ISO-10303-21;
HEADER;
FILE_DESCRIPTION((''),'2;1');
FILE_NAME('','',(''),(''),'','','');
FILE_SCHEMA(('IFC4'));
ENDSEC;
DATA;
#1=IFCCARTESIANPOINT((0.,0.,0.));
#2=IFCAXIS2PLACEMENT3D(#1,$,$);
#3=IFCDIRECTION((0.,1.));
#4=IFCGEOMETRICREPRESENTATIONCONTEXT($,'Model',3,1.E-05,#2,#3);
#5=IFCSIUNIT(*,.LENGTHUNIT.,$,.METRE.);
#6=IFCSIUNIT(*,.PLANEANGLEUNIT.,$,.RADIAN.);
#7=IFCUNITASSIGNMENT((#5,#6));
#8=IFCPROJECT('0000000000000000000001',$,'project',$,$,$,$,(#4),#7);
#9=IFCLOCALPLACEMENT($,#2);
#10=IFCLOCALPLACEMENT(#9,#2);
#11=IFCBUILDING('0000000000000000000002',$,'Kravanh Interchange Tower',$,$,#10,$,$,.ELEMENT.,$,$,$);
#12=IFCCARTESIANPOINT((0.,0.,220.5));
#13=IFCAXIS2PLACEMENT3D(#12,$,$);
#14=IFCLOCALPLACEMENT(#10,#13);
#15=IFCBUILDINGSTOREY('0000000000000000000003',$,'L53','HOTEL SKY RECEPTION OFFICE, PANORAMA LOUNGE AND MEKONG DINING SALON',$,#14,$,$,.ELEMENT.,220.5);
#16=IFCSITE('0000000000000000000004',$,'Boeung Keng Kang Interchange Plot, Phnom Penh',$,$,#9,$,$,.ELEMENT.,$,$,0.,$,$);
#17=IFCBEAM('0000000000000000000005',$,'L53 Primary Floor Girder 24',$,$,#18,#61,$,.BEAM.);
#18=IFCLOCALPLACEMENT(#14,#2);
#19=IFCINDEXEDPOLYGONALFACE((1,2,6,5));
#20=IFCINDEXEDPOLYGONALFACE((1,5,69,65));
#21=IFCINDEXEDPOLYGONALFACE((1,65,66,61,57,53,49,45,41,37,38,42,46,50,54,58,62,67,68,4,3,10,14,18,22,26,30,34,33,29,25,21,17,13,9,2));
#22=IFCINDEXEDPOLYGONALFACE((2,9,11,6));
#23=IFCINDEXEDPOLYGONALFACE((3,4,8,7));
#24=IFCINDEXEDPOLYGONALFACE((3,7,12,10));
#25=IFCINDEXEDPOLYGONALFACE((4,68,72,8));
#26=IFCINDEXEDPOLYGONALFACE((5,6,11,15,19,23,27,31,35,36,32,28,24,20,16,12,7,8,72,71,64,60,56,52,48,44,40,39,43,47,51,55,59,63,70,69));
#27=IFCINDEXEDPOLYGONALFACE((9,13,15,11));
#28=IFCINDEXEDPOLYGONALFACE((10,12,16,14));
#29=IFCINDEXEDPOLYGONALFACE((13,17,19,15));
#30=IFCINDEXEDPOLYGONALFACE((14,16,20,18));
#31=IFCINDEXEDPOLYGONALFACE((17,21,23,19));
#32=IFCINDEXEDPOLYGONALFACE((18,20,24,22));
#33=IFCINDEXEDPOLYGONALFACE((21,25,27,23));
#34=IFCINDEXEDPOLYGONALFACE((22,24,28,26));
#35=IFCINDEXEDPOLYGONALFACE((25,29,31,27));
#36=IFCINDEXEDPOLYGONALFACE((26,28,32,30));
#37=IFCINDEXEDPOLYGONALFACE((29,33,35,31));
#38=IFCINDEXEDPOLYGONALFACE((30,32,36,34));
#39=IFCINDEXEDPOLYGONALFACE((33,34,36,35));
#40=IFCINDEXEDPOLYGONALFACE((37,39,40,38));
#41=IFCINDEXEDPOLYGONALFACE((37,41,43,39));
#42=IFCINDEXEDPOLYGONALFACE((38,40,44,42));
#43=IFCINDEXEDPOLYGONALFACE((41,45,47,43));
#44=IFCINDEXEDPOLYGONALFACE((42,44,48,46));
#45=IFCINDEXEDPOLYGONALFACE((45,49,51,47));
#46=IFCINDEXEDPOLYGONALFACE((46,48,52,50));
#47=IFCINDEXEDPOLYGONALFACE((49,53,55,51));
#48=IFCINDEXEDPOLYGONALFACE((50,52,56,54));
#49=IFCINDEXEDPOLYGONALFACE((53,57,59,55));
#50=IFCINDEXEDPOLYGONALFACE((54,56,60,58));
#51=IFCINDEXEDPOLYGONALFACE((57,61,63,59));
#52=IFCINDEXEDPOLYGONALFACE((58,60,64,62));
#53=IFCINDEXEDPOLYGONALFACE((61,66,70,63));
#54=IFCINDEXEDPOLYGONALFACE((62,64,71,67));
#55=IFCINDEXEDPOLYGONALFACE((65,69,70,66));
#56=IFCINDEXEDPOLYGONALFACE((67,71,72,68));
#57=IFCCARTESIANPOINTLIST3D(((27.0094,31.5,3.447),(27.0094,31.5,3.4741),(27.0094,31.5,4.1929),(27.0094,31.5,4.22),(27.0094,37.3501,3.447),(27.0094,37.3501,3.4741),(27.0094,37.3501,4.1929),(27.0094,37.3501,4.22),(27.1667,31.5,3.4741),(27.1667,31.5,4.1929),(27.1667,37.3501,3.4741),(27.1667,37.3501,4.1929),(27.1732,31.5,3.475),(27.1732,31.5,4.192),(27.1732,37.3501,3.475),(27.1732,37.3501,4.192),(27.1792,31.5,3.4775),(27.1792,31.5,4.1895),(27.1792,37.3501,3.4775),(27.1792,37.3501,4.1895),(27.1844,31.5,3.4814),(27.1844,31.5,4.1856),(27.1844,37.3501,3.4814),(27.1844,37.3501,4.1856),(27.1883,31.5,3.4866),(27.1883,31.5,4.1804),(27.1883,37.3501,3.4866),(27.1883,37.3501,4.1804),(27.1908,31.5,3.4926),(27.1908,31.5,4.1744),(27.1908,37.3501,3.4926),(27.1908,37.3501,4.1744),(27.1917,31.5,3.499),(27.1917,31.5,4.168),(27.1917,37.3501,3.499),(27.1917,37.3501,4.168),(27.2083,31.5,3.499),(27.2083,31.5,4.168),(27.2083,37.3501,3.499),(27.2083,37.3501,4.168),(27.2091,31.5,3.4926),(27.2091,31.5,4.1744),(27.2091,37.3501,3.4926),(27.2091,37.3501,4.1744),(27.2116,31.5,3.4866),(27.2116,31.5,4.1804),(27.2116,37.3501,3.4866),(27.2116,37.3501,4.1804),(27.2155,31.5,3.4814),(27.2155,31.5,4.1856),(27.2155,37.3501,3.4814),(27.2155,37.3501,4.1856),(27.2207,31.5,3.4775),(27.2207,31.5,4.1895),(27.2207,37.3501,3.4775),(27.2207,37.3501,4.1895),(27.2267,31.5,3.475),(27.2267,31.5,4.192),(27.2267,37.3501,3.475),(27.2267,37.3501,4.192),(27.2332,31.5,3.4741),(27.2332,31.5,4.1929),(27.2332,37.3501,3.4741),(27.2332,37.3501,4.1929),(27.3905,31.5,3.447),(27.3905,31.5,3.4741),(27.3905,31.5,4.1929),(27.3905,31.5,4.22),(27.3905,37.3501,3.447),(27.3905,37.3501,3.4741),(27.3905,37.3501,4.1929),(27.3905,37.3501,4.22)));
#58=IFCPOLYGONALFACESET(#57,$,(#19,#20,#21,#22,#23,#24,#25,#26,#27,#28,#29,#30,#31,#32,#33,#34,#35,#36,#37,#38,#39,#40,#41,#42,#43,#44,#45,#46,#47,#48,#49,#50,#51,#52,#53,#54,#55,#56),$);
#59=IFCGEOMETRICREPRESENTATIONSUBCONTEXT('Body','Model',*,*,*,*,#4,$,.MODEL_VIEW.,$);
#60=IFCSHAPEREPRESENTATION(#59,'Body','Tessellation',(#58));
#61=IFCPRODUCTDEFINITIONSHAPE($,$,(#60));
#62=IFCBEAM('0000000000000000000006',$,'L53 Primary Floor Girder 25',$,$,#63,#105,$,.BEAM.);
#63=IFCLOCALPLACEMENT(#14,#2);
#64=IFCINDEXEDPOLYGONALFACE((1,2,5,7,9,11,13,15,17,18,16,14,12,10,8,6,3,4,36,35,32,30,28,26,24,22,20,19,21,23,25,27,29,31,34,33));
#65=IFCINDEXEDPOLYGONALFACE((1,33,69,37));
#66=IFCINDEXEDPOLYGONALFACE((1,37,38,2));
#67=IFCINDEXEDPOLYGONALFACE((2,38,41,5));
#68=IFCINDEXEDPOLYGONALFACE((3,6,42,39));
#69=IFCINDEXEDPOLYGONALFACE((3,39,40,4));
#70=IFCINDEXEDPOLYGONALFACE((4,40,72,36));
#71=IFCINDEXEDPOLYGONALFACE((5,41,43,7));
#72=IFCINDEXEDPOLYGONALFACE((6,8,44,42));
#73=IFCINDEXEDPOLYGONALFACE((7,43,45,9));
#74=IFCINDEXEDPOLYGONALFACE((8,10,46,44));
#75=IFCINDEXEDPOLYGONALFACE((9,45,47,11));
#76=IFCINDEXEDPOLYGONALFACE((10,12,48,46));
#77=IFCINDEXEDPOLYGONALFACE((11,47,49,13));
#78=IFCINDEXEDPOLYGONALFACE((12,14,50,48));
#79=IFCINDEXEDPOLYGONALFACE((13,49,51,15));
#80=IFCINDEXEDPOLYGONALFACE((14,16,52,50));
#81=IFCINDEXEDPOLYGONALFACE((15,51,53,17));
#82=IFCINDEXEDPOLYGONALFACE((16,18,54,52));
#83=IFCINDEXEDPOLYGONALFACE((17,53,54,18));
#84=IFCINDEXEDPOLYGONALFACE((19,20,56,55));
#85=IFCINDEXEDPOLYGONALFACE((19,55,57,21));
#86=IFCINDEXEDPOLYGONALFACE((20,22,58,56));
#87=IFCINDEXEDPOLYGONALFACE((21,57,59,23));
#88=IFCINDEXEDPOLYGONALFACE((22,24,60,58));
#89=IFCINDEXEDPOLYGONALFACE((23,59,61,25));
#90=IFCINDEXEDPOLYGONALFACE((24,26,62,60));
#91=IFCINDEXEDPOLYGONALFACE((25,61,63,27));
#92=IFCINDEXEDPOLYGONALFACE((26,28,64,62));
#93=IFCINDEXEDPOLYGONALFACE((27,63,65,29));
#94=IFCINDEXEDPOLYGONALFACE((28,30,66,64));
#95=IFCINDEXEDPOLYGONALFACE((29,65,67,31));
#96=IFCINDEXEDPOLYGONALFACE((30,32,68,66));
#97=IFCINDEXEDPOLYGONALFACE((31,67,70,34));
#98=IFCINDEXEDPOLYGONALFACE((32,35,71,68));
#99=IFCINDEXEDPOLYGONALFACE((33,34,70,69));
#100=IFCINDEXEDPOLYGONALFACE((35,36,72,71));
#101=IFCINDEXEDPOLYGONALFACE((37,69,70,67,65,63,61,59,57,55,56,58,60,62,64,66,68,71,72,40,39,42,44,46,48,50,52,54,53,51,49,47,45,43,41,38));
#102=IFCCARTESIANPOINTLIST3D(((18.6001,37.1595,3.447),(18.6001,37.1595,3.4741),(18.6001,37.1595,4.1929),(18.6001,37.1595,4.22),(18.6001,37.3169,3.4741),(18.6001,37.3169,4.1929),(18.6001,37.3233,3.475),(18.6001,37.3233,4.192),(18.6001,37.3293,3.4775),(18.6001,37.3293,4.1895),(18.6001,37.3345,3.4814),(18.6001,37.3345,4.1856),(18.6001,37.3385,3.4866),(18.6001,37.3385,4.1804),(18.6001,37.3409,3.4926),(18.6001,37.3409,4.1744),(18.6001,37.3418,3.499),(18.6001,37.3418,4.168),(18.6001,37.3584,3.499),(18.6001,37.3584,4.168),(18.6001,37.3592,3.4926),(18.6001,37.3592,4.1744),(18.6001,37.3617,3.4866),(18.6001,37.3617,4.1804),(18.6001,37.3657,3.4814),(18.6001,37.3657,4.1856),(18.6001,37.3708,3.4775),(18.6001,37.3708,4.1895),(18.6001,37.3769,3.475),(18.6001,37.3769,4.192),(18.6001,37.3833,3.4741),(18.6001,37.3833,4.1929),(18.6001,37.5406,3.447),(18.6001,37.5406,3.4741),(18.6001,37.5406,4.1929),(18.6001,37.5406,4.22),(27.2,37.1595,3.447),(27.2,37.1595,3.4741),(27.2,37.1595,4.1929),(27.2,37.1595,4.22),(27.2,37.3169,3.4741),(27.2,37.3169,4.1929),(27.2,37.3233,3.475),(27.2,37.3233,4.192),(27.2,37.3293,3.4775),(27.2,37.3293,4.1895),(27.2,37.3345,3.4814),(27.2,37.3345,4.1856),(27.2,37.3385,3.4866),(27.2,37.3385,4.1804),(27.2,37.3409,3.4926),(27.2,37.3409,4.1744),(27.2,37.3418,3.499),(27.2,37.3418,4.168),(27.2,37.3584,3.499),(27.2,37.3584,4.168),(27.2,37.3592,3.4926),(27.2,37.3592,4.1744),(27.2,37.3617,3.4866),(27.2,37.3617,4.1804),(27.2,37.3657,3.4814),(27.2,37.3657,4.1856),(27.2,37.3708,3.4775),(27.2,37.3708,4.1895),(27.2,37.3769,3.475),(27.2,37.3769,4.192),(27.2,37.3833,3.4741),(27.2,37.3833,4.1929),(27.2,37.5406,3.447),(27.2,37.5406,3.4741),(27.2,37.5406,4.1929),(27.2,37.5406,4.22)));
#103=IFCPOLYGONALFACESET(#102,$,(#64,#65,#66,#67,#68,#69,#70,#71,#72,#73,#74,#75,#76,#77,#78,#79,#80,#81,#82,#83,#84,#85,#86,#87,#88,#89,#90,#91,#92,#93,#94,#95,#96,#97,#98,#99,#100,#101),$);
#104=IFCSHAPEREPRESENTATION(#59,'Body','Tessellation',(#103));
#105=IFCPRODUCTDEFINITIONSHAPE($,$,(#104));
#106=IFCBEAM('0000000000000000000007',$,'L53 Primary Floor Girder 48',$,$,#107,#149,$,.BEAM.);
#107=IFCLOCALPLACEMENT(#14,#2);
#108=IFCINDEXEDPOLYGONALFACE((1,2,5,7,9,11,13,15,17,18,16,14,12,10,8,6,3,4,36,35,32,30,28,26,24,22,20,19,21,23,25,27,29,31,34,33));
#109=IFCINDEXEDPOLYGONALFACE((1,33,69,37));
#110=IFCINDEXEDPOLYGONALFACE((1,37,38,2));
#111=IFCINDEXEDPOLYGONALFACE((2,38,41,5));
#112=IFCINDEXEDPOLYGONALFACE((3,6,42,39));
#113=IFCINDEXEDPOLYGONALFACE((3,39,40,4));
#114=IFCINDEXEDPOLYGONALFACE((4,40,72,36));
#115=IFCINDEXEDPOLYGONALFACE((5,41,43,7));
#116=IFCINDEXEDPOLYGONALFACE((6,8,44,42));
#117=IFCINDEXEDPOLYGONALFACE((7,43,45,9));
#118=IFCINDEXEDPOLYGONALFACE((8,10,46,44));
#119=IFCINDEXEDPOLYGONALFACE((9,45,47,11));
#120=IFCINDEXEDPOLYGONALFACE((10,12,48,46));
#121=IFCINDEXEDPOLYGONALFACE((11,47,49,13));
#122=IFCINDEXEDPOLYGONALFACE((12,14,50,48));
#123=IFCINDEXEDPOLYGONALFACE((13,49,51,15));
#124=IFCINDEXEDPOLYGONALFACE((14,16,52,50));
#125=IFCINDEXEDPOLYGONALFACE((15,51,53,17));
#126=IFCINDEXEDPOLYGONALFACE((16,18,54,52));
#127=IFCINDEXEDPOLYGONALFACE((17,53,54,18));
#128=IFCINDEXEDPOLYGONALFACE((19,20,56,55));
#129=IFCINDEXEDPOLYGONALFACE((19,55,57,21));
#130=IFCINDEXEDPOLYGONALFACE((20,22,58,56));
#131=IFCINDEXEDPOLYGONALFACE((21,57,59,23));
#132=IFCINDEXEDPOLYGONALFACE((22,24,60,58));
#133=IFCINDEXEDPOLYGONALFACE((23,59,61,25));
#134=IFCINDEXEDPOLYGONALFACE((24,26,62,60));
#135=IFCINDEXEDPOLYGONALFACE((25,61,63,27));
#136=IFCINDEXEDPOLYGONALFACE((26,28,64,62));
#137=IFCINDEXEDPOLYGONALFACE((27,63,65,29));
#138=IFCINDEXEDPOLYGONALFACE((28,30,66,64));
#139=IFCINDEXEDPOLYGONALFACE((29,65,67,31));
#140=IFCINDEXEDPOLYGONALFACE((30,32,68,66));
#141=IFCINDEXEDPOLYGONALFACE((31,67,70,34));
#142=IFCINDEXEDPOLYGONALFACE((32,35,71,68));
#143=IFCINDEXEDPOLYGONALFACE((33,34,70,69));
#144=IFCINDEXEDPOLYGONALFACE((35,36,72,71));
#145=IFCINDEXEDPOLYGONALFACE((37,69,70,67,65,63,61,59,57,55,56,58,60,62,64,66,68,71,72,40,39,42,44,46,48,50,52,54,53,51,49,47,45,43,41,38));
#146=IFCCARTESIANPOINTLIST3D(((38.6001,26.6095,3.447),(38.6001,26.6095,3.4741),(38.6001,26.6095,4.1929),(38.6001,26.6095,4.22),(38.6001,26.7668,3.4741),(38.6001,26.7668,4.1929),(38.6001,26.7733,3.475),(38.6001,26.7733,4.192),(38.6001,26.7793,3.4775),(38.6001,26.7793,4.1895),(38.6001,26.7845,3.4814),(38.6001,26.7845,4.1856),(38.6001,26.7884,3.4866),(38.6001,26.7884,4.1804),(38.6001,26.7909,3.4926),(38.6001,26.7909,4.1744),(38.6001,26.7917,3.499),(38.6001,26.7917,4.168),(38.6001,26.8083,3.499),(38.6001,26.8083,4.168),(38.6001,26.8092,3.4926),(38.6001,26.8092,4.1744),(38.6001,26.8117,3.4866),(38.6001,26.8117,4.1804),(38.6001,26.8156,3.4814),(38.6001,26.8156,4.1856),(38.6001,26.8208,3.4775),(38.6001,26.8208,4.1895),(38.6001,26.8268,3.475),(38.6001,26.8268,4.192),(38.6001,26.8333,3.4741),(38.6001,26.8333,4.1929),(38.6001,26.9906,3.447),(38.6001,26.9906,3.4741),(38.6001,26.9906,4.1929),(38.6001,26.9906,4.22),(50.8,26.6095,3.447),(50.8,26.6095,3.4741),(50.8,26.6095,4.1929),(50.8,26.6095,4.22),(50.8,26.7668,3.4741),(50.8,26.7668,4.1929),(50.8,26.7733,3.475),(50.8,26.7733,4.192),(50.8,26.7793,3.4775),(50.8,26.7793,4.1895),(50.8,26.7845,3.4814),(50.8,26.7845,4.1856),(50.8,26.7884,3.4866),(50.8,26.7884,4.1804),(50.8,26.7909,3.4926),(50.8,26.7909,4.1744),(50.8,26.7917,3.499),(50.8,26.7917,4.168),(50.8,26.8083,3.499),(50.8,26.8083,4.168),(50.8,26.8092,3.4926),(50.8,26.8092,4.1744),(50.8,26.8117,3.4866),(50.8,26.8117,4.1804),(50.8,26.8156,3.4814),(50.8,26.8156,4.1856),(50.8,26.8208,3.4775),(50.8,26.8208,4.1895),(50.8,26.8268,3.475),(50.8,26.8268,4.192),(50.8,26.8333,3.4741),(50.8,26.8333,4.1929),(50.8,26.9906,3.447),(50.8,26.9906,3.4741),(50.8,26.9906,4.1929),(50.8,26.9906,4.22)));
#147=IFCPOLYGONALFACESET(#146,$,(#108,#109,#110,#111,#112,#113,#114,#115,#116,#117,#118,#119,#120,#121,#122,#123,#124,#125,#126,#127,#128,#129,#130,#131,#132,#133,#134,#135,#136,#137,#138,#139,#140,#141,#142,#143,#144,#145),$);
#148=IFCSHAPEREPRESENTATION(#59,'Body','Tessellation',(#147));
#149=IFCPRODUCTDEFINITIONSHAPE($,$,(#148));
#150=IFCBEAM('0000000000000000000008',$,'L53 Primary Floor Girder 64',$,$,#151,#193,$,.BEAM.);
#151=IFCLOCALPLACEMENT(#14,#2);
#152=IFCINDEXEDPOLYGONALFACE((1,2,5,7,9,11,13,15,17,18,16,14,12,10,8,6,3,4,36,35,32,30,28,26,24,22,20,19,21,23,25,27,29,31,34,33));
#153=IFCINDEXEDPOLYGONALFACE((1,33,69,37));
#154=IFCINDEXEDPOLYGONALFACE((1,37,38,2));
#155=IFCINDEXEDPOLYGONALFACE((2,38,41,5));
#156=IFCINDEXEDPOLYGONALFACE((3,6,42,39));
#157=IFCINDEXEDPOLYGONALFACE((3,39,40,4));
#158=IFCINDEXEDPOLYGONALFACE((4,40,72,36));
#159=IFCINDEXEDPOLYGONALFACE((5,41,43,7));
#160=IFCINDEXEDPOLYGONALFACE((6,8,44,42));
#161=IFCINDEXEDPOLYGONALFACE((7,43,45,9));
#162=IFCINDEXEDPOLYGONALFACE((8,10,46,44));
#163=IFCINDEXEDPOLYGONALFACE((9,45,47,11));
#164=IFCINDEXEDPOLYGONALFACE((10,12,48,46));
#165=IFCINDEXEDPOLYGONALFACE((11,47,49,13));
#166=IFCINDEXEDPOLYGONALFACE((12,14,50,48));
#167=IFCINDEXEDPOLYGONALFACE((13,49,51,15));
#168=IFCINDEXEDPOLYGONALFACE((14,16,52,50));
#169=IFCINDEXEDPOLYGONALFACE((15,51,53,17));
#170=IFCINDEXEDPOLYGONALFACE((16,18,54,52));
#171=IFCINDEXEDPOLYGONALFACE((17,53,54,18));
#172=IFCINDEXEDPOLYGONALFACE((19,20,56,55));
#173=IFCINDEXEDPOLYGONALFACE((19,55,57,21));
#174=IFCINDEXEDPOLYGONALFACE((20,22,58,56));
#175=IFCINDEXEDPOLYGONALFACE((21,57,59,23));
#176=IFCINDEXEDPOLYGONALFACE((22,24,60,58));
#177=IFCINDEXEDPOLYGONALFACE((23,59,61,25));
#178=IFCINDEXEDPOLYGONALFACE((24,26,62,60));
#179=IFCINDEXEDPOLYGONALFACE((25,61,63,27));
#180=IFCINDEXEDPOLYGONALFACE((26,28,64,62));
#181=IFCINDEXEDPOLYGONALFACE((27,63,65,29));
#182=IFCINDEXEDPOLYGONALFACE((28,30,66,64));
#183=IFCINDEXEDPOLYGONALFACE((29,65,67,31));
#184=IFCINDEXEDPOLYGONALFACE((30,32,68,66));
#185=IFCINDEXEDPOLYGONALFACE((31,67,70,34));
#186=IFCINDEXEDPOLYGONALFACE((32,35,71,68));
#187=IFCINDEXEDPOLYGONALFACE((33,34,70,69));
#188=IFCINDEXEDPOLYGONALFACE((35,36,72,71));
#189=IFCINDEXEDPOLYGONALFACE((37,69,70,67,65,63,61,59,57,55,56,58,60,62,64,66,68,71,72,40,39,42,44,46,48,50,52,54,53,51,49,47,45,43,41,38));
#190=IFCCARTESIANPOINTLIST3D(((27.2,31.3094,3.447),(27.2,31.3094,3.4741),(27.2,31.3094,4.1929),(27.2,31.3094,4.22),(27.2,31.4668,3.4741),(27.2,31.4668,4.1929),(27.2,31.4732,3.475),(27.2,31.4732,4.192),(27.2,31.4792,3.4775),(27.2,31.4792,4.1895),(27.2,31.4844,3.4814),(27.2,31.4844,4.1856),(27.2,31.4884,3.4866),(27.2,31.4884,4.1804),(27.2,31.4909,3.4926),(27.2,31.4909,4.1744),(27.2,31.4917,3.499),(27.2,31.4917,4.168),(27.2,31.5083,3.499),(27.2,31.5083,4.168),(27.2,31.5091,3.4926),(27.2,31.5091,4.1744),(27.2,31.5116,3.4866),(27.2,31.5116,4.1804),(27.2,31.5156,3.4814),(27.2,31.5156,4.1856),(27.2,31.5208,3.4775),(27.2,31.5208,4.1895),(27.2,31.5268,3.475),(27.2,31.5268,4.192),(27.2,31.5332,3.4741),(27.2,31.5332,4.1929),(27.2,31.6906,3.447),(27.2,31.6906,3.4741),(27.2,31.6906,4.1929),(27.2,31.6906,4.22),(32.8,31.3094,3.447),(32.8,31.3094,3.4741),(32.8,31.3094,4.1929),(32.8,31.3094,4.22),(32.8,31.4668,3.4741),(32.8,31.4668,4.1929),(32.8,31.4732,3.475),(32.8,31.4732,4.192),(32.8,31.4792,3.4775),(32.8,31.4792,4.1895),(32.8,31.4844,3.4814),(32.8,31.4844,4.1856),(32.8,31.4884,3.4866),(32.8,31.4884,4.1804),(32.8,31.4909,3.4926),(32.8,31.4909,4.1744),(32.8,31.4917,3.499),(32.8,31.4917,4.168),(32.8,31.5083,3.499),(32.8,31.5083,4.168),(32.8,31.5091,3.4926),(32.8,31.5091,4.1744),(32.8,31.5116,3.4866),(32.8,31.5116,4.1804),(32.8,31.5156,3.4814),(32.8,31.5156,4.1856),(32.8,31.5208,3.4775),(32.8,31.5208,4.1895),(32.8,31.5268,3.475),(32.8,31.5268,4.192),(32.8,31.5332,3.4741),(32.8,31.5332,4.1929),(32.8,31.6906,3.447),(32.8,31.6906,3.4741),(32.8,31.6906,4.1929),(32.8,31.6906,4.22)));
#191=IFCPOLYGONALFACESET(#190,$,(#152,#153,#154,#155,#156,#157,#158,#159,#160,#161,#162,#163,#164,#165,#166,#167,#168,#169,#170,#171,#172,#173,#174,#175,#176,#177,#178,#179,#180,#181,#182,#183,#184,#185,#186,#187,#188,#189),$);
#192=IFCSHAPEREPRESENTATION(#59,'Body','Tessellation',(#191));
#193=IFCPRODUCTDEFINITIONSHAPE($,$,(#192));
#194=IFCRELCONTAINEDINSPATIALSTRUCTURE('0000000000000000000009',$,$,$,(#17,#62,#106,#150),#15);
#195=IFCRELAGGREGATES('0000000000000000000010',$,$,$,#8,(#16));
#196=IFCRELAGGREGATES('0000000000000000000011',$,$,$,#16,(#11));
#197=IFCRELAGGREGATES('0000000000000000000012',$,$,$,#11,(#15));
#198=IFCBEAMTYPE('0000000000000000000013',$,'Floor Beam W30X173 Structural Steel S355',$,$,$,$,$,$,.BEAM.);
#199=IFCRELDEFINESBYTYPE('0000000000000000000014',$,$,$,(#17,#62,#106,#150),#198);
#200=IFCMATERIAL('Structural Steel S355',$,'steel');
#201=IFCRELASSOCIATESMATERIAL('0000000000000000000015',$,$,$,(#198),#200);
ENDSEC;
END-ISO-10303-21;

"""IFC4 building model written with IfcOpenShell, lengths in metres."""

from ifc_helpers import new_model, si_unit, direction, frame, origin, origin_2d, place, context, subcontext, project, spatial, i_section, extrude, material, material_profile, profile_set, type_object, element, save


model = new_model("IFC4")

# Units and contexts
model_context = context("Model", 3, precision=1e-05, world=origin(), true_north=direction((0.0, 1.0)))
body_context = subcontext(model_context, "Body", "Model", "MODEL_VIEW")
ifc_project = project(units=[si_unit("LENGTHUNIT", "METRE"), si_unit("PLANEANGLEUNIT", "RADIAN")], contexts=[model_context])

# Site, building, storey
site_placement = place(None, origin())
site = spatial("IfcSite", under=ifc_project, at=site_placement, Name="Boeung Keng Kang Interchange Plot, Phnom Penh", CompositionType="ELEMENT", RefElevation=0.0)
building_placement = place(site_placement, origin())
building = spatial("IfcBuilding", under=site, at=building_placement, Name="Kravanh Interchange Tower", CompositionType="ELEMENT")
storey_placement = place(building_placement, frame((0.0, 0.0, 220.5)))
storey = spatial("IfcBuildingStorey", under=building, at=storey_placement, Name="L53", Description="HOTEL SKY RECEPTION OFFICE, PANORAMA LOUNGE AND MEKONG DINING SALON", CompositionType="ELEMENT", Elevation=220.5)

# Beams
ifc_material_1 = material(Name="Structural Steel S355", Category="steel")
ifc_material_profile_1 = material_profile(ifc_material_1, i_section(OverallWidth=0.3811, OverallDepth=0.7729, WebThickness=0.0166, FlangeThickness=0.0271, FilletRadius=0.0249, at=origin_2d()), Name="W30X173")
ifc_profile_set_1 = profile_set([ifc_material_profile_1], Name="Structural Steel S355")
beam_type_1 = type_object("IfcBeamType", Name="Floor Beam W30X173 Structural Steel S355", PredefinedType="BEAM", material=ifc_profile_set_1)
beam_1_placement = place(storey_placement, frame((27.2, 37.3501, 3.8335), z_axis=(0.0, -1.0, 0.0), x_axis=(1.0, 0.0, 0.0)))
element("IfcBeam", 1, at=beam_1_placement, inside=storey, type_object=beam_type_1, Name="L53 Primary Floor Girder 24", PredefinedType="BEAM", context=body_context, shape_type="SweptSolid", body=[
    extrude(i_section(OverallWidth=0.3811, OverallDepth=0.7729, WebThickness=0.0166, FlangeThickness=0.0271, FilletRadius=0.0249, at=origin_2d()), origin(), (0.0, 0.0, 1.0), 5.8501),
])
beam_2_placement = place(storey_placement, frame((27.2, 37.3501, 3.8335), z_axis=(-1.0, 0.0, 0.0), x_axis=(0.0, -1.0, 0.0)))
element("IfcBeam", 2, at=beam_2_placement, inside=storey, type_object=beam_type_1, Name="L53 Primary Floor Girder 25", PredefinedType="BEAM", context=body_context, shape_type="SweptSolid", body=[
    extrude(i_section(OverallWidth=0.3811, OverallDepth=0.7729, WebThickness=0.0166, FlangeThickness=0.0271, FilletRadius=0.0249, at=origin_2d()), origin(), (0.0, 0.0, 1.0), 8.5999),
])
beam_3_placement = place(storey_placement, frame((38.6001, 26.8, 3.8335), z_axis=(1.0, 0.0, 0.0), x_axis=(0.0, 1.0, 0.0)))
element("IfcBeam", 3, at=beam_3_placement, inside=storey, type_object=beam_type_1, Name="L53 Primary Floor Girder 48", PredefinedType="BEAM", context=body_context, shape_type="SweptSolid", body=[
    extrude(i_section(OverallWidth=0.3811, OverallDepth=0.7729, WebThickness=0.0166, FlangeThickness=0.0271, FilletRadius=0.0249, at=origin_2d()), origin(), (0.0, 0.0, 1.0), 12.2),
])
beam_4_placement = place(storey_placement, frame((27.2, 31.5, 3.8335), z_axis=(1.0, 0.0, 0.0), x_axis=(0.0, 1.0, 0.0)))
element("IfcBeam", 4, at=beam_4_placement, inside=storey, type_object=beam_type_1, Name="L53 Primary Floor Girder 64", PredefinedType="BEAM", context=body_context, shape_type="SweptSolid", body=[
    extrude(i_section(OverallWidth=0.3811, OverallDepth=0.7729, WebThickness=0.0166, FlangeThickness=0.0271, FilletRadius=0.0249, at=origin_2d()), origin(), (0.0, 0.0, 1.0), 5.6001),
])

save(model, "model.ifc")
